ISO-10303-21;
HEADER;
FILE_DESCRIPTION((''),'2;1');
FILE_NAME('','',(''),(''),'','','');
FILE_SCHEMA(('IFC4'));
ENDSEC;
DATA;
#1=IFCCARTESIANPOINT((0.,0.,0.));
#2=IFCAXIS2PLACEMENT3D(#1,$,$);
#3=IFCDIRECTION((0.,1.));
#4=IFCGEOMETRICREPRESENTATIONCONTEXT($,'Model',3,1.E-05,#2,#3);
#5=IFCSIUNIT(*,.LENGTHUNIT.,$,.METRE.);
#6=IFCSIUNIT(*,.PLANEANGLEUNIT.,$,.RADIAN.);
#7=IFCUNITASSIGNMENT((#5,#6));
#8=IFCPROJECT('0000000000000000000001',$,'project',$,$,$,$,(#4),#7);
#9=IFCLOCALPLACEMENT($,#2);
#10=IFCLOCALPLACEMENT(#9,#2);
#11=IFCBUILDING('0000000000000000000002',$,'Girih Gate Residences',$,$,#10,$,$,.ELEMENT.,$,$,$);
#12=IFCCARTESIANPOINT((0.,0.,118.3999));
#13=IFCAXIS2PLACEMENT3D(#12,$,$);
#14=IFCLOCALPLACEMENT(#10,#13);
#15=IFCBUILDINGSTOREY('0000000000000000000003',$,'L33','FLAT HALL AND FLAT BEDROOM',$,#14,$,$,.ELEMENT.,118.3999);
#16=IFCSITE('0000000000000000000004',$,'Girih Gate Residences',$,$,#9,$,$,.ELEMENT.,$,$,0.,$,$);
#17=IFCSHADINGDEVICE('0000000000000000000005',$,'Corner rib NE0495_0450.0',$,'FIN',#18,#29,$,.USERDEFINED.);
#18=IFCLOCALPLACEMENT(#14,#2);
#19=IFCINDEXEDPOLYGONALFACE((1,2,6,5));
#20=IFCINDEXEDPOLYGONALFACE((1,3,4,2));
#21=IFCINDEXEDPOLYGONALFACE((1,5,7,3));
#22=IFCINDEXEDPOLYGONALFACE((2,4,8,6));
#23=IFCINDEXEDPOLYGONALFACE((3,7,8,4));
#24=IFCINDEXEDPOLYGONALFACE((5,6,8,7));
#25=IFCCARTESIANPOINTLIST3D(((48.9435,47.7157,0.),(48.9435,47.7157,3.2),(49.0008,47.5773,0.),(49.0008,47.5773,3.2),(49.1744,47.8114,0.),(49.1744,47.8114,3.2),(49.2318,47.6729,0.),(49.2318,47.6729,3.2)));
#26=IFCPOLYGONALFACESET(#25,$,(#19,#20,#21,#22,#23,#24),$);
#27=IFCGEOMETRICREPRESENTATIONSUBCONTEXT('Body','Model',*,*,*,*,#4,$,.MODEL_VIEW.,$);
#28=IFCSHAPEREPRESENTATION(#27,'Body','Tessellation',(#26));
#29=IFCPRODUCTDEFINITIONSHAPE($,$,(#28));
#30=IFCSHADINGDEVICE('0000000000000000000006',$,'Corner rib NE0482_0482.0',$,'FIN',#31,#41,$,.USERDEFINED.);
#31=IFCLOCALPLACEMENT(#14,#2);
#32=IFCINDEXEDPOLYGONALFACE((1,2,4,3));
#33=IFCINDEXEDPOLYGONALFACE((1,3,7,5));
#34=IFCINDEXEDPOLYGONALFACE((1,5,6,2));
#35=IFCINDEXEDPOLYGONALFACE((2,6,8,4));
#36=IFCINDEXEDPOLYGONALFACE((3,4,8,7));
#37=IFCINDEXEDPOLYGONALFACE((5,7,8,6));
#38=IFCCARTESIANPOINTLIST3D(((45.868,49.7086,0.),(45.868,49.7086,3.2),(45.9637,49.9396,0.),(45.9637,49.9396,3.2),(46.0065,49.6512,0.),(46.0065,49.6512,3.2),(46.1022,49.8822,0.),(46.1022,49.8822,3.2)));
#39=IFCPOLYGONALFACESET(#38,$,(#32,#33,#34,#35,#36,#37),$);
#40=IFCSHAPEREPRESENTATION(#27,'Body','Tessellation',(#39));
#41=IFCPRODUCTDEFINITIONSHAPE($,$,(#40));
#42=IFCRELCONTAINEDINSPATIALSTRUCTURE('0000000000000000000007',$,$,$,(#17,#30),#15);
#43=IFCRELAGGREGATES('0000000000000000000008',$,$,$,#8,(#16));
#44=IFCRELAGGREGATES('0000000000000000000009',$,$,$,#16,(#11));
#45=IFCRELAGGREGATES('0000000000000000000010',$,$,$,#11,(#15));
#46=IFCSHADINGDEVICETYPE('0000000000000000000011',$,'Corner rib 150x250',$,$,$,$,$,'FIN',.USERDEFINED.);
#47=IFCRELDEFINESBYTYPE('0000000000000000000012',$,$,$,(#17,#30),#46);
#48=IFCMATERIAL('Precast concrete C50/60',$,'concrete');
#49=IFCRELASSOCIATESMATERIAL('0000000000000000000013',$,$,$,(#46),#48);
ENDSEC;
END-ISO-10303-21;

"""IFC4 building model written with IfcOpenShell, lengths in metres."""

from ifc_helpers import new_model, si_unit, direction, frame, origin, origin_2d, place, context, subcontext, project, spatial, rectangle, extrude, material, type_object, element, save


model = new_model("IFC4")

# Units and contexts
model_context = context("Model", 3, precision=1e-05, world=origin(), true_north=direction((0.0, 1.0)))
body_context = subcontext(model_context, "Body", "Model", "MODEL_VIEW")
ifc_project = project(units=[si_unit("LENGTHUNIT", "METRE"), si_unit("PLANEANGLEUNIT", "RADIAN")], contexts=[model_context])

# Site, building, storey
site_placement = place(None, origin())
site = spatial("IfcSite", under=ifc_project, at=site_placement, Name="Girih Gate Residences", CompositionType="ELEMENT", RefElevation=0.0)
building_placement = place(site_placement, origin())
building = spatial("IfcBuilding", under=site, at=building_placement, Name="Girih Gate Residences", CompositionType="ELEMENT")
storey_placement = place(building_placement, frame((0.0, 0.0, 118.3999)))
storey = spatial("IfcBuildingStorey", under=building, at=storey_placement, Name="L33", Description="FLAT HALL AND FLAT BEDROOM", CompositionType="ELEMENT", Elevation=118.3999)

# Shared definitions
ifc_material_1 = material(Name="Precast concrete C50/60", Category="concrete")

# Shading devices
shading_device_type = type_object("IfcShadingDeviceType", Name="Corner rib 150x250", ElementType="FIN", PredefinedType="USERDEFINED", material=ifc_material_1)
for number, where, z_axis, x_axis, name in (
    (1, (49.0876, 47.6943, 0.0), (0.0, 0.0, 1.0), (-0.382683, 0.92388, 0.0), "Corner rib NE0495_0450.0"),
    (2, (45.9851, 49.7954, 0.0), (0.0, 0.0, 1.0), (-0.92388, 0.382683, 0.0), "Corner rib NE0482_0482.0"),
):
    element("IfcShadingDevice", number, at=place(storey_placement, frame(where, z_axis=z_axis, x_axis=x_axis)), inside=storey, type_object=shading_device_type, Name=name, ObjectType="FIN", PredefinedType="USERDEFINED", context=body_context, shape_type="SweptSolid", body=[
        extrude(rectangle(XDim=0.1499, YDim=0.25, at=origin_2d()), origin(), (0.0, 0.0, 1.0), 3.2),
    ])

save(model, "model.ifc")
